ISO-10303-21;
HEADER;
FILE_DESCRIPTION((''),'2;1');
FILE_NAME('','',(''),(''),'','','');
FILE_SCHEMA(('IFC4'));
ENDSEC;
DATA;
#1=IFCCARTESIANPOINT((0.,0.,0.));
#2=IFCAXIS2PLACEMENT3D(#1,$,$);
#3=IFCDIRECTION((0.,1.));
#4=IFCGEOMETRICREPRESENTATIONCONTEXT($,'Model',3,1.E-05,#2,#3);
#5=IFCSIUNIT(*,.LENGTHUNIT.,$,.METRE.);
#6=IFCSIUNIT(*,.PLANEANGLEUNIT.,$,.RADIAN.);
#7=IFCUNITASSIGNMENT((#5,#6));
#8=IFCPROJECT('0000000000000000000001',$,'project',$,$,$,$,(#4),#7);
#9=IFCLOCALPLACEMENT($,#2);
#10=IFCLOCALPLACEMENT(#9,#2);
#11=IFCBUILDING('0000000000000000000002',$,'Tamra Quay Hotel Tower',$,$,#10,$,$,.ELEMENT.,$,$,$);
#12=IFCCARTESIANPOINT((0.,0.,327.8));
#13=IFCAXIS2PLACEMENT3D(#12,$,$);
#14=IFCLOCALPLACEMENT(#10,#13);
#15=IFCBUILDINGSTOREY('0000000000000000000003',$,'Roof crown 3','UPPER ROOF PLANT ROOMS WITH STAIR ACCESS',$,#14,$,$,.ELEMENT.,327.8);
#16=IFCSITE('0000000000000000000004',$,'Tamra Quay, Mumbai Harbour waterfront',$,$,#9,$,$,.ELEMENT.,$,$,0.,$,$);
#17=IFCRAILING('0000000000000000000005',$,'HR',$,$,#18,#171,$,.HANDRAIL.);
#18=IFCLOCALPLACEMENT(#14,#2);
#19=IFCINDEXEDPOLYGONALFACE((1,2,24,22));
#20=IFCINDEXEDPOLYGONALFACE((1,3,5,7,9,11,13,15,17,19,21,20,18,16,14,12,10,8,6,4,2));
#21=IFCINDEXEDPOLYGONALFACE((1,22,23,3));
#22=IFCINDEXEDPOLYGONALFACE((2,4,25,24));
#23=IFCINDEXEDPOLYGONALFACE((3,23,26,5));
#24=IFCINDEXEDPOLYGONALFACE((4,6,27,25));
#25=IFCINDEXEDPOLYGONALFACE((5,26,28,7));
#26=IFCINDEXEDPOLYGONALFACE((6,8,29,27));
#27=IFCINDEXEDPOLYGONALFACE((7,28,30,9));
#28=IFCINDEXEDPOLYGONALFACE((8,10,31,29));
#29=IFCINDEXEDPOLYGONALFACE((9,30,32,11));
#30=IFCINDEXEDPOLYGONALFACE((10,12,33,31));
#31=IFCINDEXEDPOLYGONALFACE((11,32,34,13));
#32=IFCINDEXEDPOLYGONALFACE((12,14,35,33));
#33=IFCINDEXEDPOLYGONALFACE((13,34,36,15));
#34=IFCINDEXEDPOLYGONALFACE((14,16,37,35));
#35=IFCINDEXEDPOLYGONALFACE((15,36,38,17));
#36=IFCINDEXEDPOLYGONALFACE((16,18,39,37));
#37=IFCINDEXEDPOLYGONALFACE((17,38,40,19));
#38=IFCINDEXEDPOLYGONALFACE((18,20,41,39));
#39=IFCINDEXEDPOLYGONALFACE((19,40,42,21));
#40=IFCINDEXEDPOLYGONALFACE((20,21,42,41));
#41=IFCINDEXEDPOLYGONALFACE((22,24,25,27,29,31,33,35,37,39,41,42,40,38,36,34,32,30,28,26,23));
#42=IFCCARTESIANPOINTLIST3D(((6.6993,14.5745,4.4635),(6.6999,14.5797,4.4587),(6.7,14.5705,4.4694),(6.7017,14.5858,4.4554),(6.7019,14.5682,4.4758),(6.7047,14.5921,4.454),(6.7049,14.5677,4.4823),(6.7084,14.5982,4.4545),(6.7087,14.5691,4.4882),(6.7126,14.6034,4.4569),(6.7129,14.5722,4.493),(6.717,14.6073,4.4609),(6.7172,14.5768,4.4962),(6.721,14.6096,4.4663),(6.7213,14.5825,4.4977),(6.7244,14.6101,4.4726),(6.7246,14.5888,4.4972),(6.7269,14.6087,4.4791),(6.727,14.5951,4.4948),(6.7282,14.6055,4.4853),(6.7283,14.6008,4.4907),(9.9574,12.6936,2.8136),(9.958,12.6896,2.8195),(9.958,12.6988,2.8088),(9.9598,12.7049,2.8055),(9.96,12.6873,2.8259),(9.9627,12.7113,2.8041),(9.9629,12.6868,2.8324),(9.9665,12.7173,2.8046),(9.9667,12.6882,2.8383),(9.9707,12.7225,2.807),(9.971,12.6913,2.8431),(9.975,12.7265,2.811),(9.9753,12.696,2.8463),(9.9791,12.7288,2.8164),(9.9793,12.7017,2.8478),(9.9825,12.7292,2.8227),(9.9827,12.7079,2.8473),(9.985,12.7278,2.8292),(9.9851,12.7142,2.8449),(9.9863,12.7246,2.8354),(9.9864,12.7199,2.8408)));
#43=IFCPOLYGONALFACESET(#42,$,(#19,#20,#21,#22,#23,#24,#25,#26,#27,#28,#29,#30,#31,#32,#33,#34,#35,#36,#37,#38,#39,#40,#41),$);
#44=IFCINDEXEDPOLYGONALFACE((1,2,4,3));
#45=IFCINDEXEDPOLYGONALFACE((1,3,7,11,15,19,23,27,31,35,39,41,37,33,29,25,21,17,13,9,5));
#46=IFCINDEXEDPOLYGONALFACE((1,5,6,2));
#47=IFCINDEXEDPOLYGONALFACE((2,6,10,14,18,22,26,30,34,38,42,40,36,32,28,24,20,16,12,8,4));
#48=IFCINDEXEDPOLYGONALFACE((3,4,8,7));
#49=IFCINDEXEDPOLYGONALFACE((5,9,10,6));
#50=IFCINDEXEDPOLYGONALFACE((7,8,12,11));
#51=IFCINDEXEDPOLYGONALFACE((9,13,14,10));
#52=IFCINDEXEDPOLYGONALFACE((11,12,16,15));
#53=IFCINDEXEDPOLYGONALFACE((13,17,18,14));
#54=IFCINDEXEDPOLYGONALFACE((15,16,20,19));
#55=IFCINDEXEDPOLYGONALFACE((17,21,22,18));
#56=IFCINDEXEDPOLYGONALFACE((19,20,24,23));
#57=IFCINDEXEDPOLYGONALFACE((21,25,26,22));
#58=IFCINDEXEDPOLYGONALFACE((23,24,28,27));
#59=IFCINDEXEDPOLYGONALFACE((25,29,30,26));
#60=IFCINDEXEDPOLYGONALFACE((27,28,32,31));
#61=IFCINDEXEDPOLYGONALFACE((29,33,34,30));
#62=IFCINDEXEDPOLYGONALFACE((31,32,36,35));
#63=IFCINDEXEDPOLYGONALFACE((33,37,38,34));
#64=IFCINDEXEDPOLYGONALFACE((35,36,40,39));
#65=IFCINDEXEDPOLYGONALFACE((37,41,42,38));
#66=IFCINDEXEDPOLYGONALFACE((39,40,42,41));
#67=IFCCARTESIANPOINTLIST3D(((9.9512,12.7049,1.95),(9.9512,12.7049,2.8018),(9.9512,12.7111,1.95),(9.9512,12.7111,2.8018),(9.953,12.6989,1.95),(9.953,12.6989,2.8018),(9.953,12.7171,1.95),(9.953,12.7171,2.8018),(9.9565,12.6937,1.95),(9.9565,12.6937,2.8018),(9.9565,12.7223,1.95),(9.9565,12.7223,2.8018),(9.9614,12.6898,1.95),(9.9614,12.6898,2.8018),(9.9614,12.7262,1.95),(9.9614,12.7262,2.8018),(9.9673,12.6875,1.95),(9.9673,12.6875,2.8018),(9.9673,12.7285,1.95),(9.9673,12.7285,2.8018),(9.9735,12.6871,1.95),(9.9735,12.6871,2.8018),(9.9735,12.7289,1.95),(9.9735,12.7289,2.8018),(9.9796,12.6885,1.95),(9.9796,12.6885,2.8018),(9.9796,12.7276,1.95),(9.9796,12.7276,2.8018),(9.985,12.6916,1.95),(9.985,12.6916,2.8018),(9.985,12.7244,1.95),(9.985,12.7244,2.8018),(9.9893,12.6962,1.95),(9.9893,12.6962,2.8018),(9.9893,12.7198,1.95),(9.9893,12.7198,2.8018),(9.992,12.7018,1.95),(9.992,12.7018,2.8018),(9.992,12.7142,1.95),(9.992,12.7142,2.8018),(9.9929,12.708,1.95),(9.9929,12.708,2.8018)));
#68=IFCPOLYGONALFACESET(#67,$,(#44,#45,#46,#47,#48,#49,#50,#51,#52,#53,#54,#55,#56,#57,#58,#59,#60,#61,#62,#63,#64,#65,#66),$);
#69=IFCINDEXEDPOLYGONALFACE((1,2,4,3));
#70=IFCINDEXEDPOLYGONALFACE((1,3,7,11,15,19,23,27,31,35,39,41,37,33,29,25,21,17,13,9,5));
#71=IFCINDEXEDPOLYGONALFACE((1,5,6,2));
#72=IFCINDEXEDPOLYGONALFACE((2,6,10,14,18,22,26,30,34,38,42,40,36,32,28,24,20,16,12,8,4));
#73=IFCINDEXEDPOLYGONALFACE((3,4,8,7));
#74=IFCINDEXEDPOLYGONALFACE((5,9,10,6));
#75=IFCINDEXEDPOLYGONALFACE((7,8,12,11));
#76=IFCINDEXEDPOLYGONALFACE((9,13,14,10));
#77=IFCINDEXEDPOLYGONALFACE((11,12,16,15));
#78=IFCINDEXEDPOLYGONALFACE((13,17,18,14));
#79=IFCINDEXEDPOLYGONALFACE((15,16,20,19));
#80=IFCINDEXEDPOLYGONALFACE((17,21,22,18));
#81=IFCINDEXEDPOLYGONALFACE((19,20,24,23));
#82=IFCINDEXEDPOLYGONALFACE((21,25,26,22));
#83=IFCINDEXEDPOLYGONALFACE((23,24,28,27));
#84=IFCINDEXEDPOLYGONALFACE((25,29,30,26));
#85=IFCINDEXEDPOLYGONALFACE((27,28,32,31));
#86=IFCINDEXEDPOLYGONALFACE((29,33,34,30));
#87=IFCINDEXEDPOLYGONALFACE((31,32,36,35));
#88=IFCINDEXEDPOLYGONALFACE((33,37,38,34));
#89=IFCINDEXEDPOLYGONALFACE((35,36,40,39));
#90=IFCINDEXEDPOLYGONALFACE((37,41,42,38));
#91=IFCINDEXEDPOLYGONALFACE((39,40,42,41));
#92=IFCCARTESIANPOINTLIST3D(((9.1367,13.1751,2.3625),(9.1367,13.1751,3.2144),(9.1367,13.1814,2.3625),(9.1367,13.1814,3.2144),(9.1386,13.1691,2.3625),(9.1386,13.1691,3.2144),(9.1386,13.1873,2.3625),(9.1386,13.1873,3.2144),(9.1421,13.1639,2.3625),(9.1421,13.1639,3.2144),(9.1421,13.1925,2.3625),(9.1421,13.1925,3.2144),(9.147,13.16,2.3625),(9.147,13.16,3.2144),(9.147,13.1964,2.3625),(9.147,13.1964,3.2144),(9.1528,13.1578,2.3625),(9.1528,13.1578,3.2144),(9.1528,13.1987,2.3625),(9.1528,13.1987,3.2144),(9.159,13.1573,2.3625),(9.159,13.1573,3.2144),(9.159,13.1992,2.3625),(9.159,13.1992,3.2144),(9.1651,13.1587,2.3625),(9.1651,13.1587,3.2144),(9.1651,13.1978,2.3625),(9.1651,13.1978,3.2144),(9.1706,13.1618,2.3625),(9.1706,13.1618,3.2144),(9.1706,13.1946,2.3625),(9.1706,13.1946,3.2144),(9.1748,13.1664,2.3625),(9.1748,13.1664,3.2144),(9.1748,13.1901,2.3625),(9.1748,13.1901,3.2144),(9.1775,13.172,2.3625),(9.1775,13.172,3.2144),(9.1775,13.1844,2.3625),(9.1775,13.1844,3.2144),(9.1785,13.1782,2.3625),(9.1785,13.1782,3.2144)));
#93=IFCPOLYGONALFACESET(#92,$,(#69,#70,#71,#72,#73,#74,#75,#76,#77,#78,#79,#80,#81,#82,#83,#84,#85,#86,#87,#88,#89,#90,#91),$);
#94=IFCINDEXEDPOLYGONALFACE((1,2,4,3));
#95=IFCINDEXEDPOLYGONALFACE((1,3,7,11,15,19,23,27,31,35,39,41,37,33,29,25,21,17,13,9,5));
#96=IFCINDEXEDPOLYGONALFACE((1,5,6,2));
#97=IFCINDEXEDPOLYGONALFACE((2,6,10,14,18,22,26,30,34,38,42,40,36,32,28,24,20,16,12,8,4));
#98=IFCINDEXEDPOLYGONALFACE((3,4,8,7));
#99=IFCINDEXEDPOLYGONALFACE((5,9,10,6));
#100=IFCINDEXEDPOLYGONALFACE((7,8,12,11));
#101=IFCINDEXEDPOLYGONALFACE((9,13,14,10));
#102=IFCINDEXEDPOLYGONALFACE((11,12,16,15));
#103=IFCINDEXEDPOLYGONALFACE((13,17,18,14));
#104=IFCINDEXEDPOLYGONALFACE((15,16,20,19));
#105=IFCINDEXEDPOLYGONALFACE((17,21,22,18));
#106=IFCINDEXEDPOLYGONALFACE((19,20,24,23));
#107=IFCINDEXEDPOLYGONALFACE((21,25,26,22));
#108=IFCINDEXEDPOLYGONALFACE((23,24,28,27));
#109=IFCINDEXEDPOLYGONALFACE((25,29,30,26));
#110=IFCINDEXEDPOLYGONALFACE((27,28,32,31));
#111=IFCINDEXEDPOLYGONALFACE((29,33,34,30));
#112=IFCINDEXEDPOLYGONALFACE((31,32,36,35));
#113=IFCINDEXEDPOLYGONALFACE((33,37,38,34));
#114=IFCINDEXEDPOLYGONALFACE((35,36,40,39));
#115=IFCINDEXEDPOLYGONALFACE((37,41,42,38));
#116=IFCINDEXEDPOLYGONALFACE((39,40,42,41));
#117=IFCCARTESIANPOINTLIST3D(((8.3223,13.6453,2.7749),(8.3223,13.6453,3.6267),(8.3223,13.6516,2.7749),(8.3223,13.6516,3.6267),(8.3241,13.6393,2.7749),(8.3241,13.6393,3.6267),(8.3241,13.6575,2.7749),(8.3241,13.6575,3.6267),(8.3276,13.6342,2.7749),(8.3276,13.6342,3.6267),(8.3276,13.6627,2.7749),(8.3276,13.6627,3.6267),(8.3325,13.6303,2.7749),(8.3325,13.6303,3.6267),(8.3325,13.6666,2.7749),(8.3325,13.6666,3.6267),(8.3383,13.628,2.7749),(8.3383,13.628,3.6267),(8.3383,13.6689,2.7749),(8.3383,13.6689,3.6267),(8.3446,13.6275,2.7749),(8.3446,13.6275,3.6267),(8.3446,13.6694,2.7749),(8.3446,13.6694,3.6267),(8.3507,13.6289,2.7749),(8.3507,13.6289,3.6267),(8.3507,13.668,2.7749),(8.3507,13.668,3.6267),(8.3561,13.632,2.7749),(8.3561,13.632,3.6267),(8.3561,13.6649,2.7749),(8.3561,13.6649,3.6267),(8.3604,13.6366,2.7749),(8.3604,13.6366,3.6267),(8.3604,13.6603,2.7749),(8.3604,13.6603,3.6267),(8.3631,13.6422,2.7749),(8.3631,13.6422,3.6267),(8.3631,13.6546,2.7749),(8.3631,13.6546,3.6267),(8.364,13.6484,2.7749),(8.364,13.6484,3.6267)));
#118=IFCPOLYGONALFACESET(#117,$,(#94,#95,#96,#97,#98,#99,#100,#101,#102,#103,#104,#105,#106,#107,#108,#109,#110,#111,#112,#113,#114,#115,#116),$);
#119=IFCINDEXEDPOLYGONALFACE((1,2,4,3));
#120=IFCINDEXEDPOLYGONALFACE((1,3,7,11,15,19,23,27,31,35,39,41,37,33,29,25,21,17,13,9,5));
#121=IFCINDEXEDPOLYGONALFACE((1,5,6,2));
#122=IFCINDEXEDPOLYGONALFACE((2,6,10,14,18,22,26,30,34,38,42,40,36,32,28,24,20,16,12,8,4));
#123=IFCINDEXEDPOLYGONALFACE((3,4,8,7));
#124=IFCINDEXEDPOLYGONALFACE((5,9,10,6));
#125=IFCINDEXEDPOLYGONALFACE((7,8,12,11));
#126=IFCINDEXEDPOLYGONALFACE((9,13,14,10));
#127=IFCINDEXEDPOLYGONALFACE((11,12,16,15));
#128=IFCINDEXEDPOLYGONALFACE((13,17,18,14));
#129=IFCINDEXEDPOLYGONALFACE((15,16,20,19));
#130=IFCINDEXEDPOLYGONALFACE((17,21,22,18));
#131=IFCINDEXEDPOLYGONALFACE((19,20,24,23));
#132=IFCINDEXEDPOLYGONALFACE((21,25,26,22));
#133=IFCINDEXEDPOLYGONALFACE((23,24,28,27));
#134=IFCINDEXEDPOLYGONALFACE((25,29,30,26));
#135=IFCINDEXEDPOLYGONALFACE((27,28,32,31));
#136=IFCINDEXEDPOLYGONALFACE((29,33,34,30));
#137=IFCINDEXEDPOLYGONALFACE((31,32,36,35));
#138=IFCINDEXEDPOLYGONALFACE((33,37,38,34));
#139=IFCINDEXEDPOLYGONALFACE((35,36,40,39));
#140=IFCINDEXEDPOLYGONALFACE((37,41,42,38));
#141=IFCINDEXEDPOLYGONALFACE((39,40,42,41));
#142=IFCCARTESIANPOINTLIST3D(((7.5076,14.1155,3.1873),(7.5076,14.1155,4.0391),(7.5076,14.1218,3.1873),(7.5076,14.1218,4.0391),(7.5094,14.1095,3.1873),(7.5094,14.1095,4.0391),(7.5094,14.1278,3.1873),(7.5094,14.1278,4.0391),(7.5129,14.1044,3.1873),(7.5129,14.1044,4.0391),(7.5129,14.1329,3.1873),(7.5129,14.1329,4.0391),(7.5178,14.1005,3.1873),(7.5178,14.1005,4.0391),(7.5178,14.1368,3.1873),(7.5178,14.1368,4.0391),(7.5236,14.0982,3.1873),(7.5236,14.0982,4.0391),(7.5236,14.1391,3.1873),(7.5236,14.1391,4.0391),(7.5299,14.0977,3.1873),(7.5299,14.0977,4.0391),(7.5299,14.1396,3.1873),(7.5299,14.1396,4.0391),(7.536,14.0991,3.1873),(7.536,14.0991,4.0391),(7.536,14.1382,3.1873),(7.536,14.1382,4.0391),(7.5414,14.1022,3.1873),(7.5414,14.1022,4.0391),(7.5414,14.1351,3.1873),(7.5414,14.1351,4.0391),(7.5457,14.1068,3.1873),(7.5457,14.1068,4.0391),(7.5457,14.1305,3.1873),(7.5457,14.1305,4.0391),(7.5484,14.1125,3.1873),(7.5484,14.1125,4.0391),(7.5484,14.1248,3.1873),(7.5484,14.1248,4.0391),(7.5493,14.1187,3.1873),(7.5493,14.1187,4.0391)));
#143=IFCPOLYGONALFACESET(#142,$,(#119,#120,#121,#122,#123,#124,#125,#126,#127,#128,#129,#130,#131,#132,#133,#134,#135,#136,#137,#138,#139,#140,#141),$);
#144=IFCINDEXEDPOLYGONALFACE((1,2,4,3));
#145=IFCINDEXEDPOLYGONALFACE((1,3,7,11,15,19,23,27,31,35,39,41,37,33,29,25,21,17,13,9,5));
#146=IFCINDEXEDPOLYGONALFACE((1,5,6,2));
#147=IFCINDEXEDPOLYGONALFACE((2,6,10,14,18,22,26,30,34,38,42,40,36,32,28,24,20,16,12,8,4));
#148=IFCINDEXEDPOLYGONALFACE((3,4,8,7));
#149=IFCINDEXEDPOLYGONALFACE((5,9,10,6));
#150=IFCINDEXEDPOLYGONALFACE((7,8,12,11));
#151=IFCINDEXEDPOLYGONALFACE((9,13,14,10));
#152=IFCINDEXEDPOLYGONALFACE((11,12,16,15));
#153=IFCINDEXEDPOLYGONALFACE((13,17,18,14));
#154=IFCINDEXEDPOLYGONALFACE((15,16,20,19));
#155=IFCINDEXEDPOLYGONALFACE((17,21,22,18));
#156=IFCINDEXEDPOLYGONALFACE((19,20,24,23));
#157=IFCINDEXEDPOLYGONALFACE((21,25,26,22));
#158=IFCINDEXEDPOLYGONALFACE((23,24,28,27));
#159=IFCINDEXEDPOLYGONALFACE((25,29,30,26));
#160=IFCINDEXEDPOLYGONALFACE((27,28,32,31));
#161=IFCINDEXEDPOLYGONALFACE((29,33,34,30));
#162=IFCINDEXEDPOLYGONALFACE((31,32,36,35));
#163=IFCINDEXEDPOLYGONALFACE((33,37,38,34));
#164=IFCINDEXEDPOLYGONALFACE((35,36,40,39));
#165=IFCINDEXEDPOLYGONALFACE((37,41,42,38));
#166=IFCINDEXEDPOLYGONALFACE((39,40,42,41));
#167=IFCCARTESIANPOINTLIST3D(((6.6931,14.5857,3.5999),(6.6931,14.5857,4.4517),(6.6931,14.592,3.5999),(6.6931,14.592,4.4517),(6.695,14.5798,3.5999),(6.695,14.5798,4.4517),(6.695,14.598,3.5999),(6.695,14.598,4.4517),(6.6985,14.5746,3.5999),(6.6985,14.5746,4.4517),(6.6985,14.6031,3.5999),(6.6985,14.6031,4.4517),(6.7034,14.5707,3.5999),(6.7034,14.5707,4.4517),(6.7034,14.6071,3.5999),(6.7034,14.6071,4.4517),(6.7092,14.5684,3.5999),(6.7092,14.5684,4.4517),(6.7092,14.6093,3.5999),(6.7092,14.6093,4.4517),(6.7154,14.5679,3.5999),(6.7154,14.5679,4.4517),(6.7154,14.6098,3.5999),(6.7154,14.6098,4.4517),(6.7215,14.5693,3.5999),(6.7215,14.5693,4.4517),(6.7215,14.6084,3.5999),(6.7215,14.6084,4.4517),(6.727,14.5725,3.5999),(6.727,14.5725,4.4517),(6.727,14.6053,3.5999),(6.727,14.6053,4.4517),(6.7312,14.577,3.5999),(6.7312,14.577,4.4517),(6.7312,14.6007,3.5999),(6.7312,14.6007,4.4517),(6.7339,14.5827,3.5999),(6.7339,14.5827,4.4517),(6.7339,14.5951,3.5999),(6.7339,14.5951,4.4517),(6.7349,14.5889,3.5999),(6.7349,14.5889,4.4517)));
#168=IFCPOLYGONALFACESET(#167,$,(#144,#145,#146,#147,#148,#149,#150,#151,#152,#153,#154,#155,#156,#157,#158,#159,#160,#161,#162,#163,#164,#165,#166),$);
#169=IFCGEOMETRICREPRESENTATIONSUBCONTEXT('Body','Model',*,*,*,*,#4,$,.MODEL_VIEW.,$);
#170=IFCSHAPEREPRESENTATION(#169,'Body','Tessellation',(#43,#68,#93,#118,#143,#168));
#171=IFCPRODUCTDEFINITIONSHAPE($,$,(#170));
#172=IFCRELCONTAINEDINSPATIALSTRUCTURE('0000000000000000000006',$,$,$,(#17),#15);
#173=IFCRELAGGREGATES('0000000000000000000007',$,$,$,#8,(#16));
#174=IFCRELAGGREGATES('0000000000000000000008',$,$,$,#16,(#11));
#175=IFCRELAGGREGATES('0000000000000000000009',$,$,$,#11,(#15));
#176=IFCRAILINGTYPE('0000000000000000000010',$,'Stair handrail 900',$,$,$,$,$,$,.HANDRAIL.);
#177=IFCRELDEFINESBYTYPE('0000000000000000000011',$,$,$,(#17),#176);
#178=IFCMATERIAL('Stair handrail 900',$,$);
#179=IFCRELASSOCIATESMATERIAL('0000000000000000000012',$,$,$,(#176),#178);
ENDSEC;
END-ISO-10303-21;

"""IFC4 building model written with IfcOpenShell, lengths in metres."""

from ifc_helpers import new_model, si_unit, direction, frame, origin, origin_2d, place, context, subcontext, project, spatial, circle, extrude, material, type_object, element, save


model = new_model("IFC4")

# Units and contexts
model_context = context("Model", 3, precision=1e-05, world=origin(), true_north=direction((0.0, 1.0)))
body_context = subcontext(model_context, "Body", "Model", "MODEL_VIEW")
ifc_project = project(units=[si_unit("LENGTHUNIT", "METRE"), si_unit("PLANEANGLEUNIT", "RADIAN")], contexts=[model_context])

# Site, building, storey
site_placement = place(None, origin())
site = spatial("IfcSite", under=ifc_project, at=site_placement, Name="Tamra Quay, Mumbai Harbour waterfront", CompositionType="ELEMENT", RefElevation=0.0)
building_placement = place(site_placement, origin())
building = spatial("IfcBuilding", under=site, at=building_placement, Name="Tamra Quay Hotel Tower", CompositionType="ELEMENT")
storey_placement = place(building_placement, frame((0.0, 0.0, 327.8)))
storey = spatial("IfcBuildingStorey", under=building, at=storey_placement, Name="Roof crown 3", Description="UPPER ROOF PLANT ROOMS WITH STAIR ACCESS", CompositionType="ELEMENT", Elevation=327.8)

# Railing
ifc_material_1 = material(Name="Stair handrail 900")
railing_type_1 = type_object("IfcRailingType", Name="Stair handrail 900", PredefinedType="HANDRAIL", material=ifc_material_1)
railing_1_placement = place(storey_placement, frame((9.9719, 12.708, 1.95)))
element("IfcRailing", 1, at=railing_1_placement, inside=storey, type_object=railing_type_1, Name="HR", PredefinedType="HANDRAIL", context=body_context, shape_type="SweptSolid", body=[
    extrude(circle(Radius=0.0239, at=origin_2d()), frame((0.0, 0.0, 0.876), z_axis=(-0.793122, 0.457865, 0.401642), x_axis=(-0.499964, -0.866046, 0.0)), (0.0, 0.0, 1.0), 4.1079),
    extrude(circle(Radius=0.021, at=origin_2d()), origin(), (0.0, 0.0, 1.0), 0.8518),
    extrude(circle(Radius=0.021, at=origin_2d()), frame((-0.8145, 0.4702, 0.4126)), (0.0, 0.0, 1.0), 0.8518),
    extrude(circle(Radius=0.021, at=origin_2d()), frame((-1.6289, 0.9404, 0.825)), (0.0, 0.0, 1.0), 0.8518),
    extrude(circle(Radius=0.021, at=origin_2d()), frame((-2.4436, 1.4106, 1.2373)), (0.0, 0.0, 1.0), 0.8518),
    extrude(circle(Radius=0.021, at=origin_2d()), frame((-3.2581, 1.8809, 1.6499)), (0.0, 0.0, 1.0), 0.8518),
])

save(model, "model.ifc")
